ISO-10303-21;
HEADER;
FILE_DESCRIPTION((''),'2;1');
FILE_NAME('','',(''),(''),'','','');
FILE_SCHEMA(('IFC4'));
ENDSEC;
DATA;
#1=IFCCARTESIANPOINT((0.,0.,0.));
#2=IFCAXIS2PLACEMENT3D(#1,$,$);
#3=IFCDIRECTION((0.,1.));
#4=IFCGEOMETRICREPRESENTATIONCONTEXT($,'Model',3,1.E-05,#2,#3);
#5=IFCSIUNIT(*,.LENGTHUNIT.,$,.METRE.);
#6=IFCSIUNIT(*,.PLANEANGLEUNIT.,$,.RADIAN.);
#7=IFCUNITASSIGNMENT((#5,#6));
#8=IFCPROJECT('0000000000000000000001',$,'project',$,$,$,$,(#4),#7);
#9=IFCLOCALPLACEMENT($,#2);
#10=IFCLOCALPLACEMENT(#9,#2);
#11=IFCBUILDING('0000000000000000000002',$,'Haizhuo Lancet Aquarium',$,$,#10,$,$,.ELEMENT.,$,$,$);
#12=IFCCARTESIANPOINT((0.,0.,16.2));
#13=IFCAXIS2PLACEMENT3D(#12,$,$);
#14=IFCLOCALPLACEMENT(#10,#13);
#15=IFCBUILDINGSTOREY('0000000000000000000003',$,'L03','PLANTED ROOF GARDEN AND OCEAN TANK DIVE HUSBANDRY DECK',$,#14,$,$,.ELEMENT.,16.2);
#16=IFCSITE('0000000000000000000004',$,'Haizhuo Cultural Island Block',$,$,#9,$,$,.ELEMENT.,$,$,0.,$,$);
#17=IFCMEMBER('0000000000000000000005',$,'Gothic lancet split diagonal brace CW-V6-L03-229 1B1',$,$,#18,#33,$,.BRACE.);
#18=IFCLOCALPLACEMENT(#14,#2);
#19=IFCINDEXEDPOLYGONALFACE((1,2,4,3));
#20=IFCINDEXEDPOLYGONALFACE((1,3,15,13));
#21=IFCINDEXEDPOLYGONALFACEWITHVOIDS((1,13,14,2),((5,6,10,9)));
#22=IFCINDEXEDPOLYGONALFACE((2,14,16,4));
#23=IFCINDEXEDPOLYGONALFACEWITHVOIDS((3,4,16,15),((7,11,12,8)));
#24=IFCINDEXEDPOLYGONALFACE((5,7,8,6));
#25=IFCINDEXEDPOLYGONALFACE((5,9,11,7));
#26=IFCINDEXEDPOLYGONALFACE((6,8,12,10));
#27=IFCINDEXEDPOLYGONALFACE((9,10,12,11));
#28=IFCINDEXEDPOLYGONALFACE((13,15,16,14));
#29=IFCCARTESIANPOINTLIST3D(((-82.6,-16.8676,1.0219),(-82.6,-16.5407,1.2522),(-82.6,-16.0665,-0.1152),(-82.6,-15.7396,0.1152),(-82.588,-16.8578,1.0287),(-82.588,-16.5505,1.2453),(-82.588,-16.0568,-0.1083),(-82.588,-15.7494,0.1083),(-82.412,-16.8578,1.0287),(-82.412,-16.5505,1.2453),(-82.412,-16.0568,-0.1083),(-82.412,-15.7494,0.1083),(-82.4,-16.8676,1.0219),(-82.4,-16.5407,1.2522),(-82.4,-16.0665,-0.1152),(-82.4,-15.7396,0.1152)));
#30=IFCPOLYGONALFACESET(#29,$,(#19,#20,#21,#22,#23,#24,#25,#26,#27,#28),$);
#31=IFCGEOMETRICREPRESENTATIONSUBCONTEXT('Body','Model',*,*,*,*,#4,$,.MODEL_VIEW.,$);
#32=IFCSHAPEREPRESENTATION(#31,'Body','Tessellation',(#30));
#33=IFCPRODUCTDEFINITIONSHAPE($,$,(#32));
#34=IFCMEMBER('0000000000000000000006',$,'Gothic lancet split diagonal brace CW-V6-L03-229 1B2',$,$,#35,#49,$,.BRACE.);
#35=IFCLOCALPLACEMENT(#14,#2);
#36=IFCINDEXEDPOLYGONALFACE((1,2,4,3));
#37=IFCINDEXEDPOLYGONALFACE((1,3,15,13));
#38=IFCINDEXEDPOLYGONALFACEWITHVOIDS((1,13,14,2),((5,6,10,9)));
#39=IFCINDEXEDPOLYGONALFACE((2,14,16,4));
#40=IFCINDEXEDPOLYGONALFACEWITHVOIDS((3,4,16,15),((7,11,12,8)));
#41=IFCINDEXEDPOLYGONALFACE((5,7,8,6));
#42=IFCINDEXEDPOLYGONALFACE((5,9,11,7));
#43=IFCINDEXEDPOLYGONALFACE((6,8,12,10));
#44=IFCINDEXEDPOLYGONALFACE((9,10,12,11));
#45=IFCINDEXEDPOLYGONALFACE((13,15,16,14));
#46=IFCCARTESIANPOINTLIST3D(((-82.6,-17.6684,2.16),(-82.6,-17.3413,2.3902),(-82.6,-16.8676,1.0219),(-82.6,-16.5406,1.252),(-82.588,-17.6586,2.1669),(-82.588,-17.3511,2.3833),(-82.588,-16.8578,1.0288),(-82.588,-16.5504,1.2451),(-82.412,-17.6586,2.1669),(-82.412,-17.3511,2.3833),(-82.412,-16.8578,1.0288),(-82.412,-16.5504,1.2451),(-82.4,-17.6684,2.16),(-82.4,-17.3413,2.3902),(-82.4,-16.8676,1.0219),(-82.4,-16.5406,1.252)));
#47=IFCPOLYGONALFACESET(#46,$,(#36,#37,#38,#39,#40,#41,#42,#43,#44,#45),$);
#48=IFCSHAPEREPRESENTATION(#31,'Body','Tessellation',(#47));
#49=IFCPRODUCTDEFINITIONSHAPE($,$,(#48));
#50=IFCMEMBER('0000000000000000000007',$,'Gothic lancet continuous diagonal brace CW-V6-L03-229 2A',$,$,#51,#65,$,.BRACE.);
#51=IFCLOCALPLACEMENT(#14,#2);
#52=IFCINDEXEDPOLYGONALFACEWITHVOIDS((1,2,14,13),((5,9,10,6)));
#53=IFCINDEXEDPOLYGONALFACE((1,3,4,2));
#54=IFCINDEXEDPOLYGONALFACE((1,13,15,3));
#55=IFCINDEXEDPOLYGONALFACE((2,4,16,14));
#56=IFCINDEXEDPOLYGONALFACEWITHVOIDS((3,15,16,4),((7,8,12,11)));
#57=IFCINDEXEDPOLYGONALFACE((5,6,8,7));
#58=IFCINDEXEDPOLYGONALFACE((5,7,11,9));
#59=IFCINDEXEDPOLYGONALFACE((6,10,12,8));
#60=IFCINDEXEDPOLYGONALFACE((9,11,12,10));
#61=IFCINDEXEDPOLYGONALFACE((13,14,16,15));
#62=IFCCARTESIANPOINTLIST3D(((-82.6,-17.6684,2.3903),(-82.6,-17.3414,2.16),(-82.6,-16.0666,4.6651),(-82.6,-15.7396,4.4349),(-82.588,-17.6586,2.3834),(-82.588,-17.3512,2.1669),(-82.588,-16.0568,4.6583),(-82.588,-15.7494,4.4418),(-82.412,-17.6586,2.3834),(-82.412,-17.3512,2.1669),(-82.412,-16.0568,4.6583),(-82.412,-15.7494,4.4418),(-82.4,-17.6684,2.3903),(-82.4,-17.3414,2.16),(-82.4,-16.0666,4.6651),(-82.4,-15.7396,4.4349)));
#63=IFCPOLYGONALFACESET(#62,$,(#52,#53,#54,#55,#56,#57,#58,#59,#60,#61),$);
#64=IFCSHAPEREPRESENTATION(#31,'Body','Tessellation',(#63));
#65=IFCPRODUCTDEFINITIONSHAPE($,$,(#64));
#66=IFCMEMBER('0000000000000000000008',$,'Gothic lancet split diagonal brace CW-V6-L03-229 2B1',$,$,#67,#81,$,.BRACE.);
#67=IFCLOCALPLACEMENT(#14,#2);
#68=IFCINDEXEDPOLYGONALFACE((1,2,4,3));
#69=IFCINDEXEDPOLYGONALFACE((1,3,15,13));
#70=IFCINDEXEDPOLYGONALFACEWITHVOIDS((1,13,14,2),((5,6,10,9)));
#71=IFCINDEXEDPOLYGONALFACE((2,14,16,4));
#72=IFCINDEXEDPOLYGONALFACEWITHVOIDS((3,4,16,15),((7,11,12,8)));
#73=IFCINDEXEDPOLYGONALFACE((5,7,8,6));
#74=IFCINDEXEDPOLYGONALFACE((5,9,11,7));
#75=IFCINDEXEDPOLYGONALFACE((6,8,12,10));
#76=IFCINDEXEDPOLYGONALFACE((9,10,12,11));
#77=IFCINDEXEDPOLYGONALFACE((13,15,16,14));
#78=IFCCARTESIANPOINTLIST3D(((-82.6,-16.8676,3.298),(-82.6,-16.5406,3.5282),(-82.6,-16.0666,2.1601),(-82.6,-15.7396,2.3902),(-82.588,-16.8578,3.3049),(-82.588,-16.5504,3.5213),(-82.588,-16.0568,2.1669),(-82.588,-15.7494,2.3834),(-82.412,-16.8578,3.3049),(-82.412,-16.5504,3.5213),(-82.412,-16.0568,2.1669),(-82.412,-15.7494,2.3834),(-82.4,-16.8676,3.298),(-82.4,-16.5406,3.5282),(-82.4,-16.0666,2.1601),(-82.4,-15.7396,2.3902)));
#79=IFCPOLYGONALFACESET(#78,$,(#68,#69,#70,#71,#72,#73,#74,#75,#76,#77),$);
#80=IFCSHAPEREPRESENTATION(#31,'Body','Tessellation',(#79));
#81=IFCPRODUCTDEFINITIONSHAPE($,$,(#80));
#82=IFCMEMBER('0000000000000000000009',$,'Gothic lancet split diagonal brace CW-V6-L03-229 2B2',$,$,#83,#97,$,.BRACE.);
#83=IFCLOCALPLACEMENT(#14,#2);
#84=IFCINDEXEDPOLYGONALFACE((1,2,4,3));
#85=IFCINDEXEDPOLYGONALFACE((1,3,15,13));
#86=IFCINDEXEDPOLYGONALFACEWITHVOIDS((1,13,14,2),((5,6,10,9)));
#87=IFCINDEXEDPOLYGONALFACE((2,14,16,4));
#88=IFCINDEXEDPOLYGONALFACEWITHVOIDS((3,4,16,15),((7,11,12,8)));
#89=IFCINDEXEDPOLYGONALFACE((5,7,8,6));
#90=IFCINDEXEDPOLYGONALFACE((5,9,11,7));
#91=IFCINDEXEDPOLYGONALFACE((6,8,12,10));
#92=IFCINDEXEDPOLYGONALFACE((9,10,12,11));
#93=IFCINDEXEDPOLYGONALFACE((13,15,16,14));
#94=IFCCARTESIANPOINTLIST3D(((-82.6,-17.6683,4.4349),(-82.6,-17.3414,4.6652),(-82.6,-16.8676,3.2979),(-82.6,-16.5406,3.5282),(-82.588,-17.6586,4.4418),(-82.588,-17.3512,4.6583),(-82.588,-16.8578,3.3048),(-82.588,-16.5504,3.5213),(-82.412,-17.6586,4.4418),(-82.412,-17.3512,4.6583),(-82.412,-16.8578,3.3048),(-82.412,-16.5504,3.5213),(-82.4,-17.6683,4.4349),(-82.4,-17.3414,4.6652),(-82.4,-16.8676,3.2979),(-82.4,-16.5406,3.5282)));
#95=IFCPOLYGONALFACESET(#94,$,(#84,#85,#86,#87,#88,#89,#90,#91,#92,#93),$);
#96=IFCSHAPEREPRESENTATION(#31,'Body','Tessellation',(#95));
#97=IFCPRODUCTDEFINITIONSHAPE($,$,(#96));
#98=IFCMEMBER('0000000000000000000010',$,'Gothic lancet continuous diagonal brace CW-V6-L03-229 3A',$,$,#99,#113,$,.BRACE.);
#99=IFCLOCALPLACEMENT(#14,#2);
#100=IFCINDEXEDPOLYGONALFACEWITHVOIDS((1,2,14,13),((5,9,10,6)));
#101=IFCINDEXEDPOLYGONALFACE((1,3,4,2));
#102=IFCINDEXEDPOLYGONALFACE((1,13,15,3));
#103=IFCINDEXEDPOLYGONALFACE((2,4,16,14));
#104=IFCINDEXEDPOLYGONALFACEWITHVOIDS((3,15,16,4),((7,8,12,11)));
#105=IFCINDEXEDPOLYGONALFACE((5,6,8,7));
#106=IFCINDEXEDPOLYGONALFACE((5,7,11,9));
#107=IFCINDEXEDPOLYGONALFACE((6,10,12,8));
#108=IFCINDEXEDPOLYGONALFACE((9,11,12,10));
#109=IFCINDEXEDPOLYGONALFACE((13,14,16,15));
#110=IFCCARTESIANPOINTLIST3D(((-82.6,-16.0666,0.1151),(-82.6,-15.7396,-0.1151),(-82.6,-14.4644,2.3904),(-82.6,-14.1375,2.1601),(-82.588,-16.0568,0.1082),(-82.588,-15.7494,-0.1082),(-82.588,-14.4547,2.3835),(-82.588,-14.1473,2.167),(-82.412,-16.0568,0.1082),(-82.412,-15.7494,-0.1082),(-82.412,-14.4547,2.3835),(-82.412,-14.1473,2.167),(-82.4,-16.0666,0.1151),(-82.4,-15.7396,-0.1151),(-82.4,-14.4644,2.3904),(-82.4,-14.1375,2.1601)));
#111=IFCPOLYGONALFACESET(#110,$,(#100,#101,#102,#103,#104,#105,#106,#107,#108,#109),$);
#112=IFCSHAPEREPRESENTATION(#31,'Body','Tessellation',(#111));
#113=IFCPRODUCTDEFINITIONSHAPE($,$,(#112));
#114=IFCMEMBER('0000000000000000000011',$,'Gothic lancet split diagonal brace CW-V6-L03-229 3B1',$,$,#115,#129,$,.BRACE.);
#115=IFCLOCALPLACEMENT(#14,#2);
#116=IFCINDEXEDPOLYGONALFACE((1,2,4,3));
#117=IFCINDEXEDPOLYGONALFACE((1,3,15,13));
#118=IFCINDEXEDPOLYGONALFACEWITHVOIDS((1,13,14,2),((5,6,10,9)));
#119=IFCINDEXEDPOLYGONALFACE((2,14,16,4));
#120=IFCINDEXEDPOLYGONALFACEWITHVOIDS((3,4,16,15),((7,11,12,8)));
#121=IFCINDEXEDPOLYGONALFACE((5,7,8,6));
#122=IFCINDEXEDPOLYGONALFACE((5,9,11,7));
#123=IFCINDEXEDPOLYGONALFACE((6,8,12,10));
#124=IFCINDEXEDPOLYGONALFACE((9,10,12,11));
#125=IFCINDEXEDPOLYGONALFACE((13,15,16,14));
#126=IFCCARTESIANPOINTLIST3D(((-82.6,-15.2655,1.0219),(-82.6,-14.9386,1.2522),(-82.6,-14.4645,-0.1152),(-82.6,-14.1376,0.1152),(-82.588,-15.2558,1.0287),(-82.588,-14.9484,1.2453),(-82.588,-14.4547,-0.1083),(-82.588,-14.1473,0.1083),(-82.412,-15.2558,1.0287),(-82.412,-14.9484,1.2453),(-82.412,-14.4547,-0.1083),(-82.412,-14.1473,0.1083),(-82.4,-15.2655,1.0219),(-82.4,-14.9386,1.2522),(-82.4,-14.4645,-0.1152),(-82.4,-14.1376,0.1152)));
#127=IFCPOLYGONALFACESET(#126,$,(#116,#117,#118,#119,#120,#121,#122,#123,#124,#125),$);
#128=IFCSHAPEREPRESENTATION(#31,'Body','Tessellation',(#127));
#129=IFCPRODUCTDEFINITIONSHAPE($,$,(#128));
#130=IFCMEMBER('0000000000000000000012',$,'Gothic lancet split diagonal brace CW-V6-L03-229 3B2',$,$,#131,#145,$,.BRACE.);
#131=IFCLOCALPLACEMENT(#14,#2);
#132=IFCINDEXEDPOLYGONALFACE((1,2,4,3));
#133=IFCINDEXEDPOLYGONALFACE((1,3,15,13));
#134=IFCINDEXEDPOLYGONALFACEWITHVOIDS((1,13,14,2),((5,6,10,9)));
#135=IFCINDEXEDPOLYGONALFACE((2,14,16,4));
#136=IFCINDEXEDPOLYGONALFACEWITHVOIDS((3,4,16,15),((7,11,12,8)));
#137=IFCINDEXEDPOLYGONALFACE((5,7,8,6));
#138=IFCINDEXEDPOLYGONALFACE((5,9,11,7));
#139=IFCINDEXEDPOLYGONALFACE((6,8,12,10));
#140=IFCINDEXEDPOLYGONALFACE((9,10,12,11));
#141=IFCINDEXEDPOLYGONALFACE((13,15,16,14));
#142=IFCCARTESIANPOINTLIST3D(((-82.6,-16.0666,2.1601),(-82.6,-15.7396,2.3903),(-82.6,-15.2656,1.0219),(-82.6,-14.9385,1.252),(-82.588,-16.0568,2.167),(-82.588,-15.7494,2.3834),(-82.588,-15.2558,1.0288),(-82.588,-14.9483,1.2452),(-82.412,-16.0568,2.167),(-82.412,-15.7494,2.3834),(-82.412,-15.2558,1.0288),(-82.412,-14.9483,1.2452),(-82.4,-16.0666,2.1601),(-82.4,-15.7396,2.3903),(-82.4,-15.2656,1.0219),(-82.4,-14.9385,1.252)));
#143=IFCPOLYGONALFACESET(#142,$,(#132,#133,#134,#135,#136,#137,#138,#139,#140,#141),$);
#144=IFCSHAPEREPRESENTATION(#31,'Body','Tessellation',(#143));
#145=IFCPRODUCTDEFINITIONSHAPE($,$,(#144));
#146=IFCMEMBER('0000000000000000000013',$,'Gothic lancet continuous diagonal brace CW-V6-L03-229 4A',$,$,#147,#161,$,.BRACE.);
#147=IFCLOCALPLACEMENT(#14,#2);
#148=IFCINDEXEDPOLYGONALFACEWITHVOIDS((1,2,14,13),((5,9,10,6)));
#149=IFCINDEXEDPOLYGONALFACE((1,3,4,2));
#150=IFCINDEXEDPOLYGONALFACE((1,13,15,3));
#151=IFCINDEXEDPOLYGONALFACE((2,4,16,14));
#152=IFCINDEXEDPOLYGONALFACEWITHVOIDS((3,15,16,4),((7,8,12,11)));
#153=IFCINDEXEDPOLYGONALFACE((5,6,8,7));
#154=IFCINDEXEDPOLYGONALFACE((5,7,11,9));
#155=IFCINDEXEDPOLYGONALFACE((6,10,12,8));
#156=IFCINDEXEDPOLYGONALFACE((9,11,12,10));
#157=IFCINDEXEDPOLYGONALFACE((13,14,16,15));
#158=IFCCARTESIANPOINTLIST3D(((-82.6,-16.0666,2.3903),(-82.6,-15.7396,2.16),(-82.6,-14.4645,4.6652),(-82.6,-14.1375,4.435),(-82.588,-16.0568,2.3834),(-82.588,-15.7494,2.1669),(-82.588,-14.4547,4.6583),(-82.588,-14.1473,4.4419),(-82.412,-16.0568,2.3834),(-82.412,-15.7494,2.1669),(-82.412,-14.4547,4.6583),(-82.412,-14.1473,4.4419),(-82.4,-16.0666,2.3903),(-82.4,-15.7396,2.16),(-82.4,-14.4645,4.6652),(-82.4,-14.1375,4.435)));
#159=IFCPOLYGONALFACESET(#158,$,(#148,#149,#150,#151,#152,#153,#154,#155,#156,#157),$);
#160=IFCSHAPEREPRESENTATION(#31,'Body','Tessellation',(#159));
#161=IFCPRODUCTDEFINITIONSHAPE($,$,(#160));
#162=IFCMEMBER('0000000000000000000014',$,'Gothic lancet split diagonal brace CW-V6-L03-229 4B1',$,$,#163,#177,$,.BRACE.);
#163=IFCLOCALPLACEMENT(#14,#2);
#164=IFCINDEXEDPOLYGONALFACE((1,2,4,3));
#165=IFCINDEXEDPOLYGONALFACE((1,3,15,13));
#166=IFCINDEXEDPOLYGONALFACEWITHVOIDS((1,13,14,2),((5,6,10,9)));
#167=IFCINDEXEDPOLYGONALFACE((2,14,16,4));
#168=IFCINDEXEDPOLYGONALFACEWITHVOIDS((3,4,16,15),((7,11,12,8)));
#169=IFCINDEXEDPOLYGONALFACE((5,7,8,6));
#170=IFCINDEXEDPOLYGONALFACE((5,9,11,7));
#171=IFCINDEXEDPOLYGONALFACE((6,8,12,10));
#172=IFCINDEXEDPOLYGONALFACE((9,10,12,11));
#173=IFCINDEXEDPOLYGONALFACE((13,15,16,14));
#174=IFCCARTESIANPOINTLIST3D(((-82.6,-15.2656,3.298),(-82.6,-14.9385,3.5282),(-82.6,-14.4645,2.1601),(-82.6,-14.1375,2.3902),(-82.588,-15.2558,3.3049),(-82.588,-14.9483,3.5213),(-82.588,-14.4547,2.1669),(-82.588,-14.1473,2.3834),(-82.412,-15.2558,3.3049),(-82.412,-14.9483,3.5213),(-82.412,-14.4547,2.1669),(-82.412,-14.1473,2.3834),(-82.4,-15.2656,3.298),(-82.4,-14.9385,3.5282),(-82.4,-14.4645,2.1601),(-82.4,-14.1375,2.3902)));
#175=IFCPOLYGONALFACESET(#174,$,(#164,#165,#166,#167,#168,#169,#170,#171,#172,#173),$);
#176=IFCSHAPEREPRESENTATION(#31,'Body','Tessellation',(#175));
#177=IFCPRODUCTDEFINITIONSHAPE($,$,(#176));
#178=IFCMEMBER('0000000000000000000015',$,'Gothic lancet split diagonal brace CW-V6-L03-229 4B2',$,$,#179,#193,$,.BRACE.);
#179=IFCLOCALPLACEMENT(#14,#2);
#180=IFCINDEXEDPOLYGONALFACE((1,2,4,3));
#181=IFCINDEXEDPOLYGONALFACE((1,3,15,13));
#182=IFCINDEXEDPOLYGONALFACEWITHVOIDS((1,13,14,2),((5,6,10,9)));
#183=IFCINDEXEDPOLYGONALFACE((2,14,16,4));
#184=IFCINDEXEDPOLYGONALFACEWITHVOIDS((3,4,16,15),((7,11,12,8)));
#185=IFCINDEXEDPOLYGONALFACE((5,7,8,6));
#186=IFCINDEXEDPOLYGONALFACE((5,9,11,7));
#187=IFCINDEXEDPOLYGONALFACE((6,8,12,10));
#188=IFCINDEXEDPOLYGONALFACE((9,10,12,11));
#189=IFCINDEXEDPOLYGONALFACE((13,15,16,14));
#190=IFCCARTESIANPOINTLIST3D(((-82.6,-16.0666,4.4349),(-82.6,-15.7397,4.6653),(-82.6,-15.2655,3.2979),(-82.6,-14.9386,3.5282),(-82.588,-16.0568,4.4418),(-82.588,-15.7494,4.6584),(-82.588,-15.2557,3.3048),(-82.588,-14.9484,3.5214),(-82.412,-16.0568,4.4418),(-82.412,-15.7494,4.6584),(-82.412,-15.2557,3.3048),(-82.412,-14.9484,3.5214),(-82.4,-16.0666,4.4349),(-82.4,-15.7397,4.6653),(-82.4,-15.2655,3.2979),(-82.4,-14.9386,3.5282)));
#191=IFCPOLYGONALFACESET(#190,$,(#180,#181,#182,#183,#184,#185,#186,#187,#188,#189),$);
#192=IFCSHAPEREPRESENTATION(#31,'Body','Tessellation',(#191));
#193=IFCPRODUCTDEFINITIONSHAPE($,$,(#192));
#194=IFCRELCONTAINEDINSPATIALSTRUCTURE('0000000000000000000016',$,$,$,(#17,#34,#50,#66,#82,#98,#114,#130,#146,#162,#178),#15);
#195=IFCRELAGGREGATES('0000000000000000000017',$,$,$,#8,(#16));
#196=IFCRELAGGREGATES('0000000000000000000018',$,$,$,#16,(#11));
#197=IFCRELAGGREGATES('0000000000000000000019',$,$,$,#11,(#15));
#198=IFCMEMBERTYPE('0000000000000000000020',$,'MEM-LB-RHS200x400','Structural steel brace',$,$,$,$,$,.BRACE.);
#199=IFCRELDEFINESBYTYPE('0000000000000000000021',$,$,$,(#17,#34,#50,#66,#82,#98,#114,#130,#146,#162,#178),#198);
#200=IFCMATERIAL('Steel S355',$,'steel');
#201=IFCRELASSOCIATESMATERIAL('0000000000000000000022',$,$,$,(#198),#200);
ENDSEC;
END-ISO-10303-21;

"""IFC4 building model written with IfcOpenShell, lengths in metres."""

from ifc_helpers import new_model, si_unit, direction, frame, origin, origin_2d, place, context, subcontext, project, spatial, hollow_rectangle, extrude, material, material_profile, profile_set, type_object, element, save


model = new_model("IFC4")

# Units and contexts
model_context = context("Model", 3, precision=1e-05, world=origin(), true_north=direction((0.0, 1.0)))
body_context = subcontext(model_context, "Body", "Model", "MODEL_VIEW")
ifc_project = project(units=[si_unit("LENGTHUNIT", "METRE"), si_unit("PLANEANGLEUNIT", "RADIAN")], contexts=[model_context])

# Site, building, storey
site_placement = place(None, origin())
site = spatial("IfcSite", under=ifc_project, at=site_placement, Name="Haizhuo Cultural Island Block", CompositionType="ELEMENT", RefElevation=0.0)
building_placement = place(site_placement, origin())
building = spatial("IfcBuilding", under=site, at=building_placement, Name="Haizhuo Lancet Aquarium", CompositionType="ELEMENT")
storey_placement = place(building_placement, frame((0.0, 0.0, 16.2)))
storey = spatial("IfcBuildingStorey", under=building, at=storey_placement, Name="L03", Description="PLANTED ROOF GARDEN AND OCEAN TANK DIVE HUSBANDRY DECK", CompositionType="ELEMENT", Elevation=16.2)

# Members
ifc_material_1 = material(Name="Steel S355", Category="steel")
ifc_material_profile_1 = material_profile(ifc_material_1, hollow_rectangle(XDim=0.2, YDim=0.3999, WallThickness=0.012, at=origin_2d()), Name="RHS 200x400x12")
ifc_profile_set_1 = profile_set([ifc_material_profile_1], Name="Steel S355")
member_type_1 = type_object("IfcMemberType", Name="MEM-LB-RHS200x400", Description="Structural steel brace", PredefinedType="BRACE", material=ifc_profile_set_1)
member_1_placement = place(storey_placement, frame((-82.5, -15.9031, 0.0), z_axis=(0.0, -0.575946, 0.817488), x_axis=(1.0, 0.0, 0.0)))
element("IfcMember", 1, at=member_1_placement, inside=storey, type_object=member_type_1, Name="Gothic lancet split diagonal brace CW-V6-L03-229 1B1", PredefinedType="BRACE", context=body_context, shape_type="SweptSolid", body=[
    extrude(hollow_rectangle(XDim=0.2, YDim=0.3999, WallThickness=0.012, at=origin_2d()), origin(), (0.0, 0.0, 1.0), 1.3909),
])
member_2_placement = place(storey_placement, frame((-82.5, -16.7041, 1.137), z_axis=(0.0, -0.575415, 0.817861), x_axis=(1.0, 0.0, 0.0)))
element("IfcMember", 2, at=member_2_placement, inside=storey, type_object=member_type_1, Name="Gothic lancet split diagonal brace CW-V6-L03-229 1B2", PredefinedType="BRACE", context=body_context, shape_type="SweptSolid", body=[
    extrude(hollow_rectangle(XDim=0.2, YDim=0.3999, WallThickness=0.012, at=origin_2d()), origin(), (0.0, 0.0, 1.0), 1.3916),
])
member_3_placement = place(storey_placement, frame((-82.5, -17.5049, 2.2751), z_axis=(0.0, 0.575722, 0.817646), x_axis=(-1.0, 0.0, 0.0)))
element("IfcMember", 3, at=member_3_placement, inside=storey, type_object=member_type_1, Name="Gothic lancet continuous diagonal brace CW-V6-L03-229 2A", PredefinedType="BRACE", context=body_context, shape_type="SweptSolid", body=[
    extrude(hollow_rectangle(XDim=0.2, YDim=0.3999, WallThickness=0.012, at=origin_2d()), origin(), (0.0, 0.0, 1.0), 2.7822),
])
member_4_placement = place(storey_placement, frame((-82.5, -15.9031, 2.2751), z_axis=(0.0, -0.575615, 0.817721), x_axis=(1.0, 0.0, 0.0)))
element("IfcMember", 4, at=member_4_placement, inside=storey, type_object=member_type_1, Name="Gothic lancet split diagonal brace CW-V6-L03-229 2B1", PredefinedType="BRACE", context=body_context, shape_type="SweptSolid", body=[
    extrude(hollow_rectangle(XDim=0.2, YDim=0.3999, WallThickness=0.012, at=origin_2d()), origin(), (0.0, 0.0, 1.0), 1.3916),
])
member_5_placement = place(storey_placement, frame((-82.5, -16.7041, 3.4131), z_axis=(0.0, -0.575828, 0.817571), x_axis=(1.0, 0.0, 0.0)))
element("IfcMember", 5, at=member_5_placement, inside=storey, type_object=member_type_1, Name="Gothic lancet split diagonal brace CW-V6-L03-229 2B2", PredefinedType="BRACE", context=body_context, shape_type="SweptSolid", body=[
    extrude(hollow_rectangle(XDim=0.2, YDim=0.3999, WallThickness=0.012, at=origin_2d()), origin(), (0.0, 0.0, 1.0), 1.3906),
])
member_6_placement = place(storey_placement, frame((-82.5, -15.9031, 0.0), z_axis=(0.0, 0.575739, 0.817634), x_axis=(-1.0, 0.0, 0.0)))
element("IfcMember", 6, at=member_6_placement, inside=storey, type_object=member_type_1, Name="Gothic lancet continuous diagonal brace CW-V6-L03-229 3A", PredefinedType="BRACE", context=body_context, shape_type="SweptSolid", body=[
    extrude(hollow_rectangle(XDim=0.2, YDim=0.3999, WallThickness=0.012, at=origin_2d()), origin(), (0.0, 0.0, 1.0), 2.7827),
])
member_7_placement = place(storey_placement, frame((-82.5, -14.301, 0.0), z_axis=(0.0, -0.575946, 0.817488), x_axis=(1.0, 0.0, 0.0)))
element("IfcMember", 7, at=member_7_placement, inside=storey, type_object=member_type_1, Name="Gothic lancet split diagonal brace CW-V6-L03-229 3B1", PredefinedType="BRACE", context=body_context, shape_type="SweptSolid", body=[
    extrude(hollow_rectangle(XDim=0.2, YDim=0.3999, WallThickness=0.012, at=origin_2d()), origin(), (0.0, 0.0, 1.0), 1.3909),
])
member_8_placement = place(storey_placement, frame((-82.5, -15.1021, 1.137), z_axis=(0.0, -0.575533, 0.817779), x_axis=(1.0, 0.0, 0.0)))
element("IfcMember", 8, at=member_8_placement, inside=storey, type_object=member_type_1, Name="Gothic lancet split diagonal brace CW-V6-L03-229 3B2", PredefinedType="BRACE", context=body_context, shape_type="SweptSolid", body=[
    extrude(hollow_rectangle(XDim=0.2, YDim=0.3999, WallThickness=0.012, at=origin_2d()), origin(), (0.0, 0.0, 1.0), 1.3918),
])
member_9_placement = place(storey_placement, frame((-82.5, -15.9031, 2.2751), z_axis=(0.0, 0.57578, 0.817604), x_axis=(-1.0, 0.0, 0.0)))
element("IfcMember", 9, at=member_9_placement, inside=storey, type_object=member_type_1, Name="Gothic lancet continuous diagonal brace CW-V6-L03-229 4A", PredefinedType="BRACE", context=body_context, shape_type="SweptSolid", body=[
    extrude(hollow_rectangle(XDim=0.2, YDim=0.3999, WallThickness=0.012, at=origin_2d()), origin(), (0.0, 0.0, 1.0), 2.7825),
])
member_10_placement = place(storey_placement, frame((-82.5, -14.301, 2.2751), z_axis=(0.0, -0.575615, 0.817721), x_axis=(1.0, 0.0, 0.0)))
element("IfcMember", 10, at=member_10_placement, inside=storey, type_object=member_type_1, Name="Gothic lancet split diagonal brace CW-V6-L03-229 4B1", PredefinedType="BRACE", context=body_context, shape_type="SweptSolid", body=[
    extrude(hollow_rectangle(XDim=0.2, YDim=0.3999, WallThickness=0.012, at=origin_2d()), origin(), (0.0, 0.0, 1.0), 1.3916),
])
member_11_placement = place(storey_placement, frame((-82.5, -15.1021, 3.4131), z_axis=(0.0, -0.575946, 0.817488), x_axis=(1.0, 0.0, 0.0)))
element("IfcMember", 11, at=member_11_placement, inside=storey, type_object=member_type_1, Name="Gothic lancet split diagonal brace CW-V6-L03-229 4B2", PredefinedType="BRACE", context=body_context, shape_type="SweptSolid", body=[
    extrude(hollow_rectangle(XDim=0.2, YDim=0.3999, WallThickness=0.012, at=origin_2d()), origin(), (0.0, 0.0, 1.0), 1.3909),
])

save(model, "model.ifc")
